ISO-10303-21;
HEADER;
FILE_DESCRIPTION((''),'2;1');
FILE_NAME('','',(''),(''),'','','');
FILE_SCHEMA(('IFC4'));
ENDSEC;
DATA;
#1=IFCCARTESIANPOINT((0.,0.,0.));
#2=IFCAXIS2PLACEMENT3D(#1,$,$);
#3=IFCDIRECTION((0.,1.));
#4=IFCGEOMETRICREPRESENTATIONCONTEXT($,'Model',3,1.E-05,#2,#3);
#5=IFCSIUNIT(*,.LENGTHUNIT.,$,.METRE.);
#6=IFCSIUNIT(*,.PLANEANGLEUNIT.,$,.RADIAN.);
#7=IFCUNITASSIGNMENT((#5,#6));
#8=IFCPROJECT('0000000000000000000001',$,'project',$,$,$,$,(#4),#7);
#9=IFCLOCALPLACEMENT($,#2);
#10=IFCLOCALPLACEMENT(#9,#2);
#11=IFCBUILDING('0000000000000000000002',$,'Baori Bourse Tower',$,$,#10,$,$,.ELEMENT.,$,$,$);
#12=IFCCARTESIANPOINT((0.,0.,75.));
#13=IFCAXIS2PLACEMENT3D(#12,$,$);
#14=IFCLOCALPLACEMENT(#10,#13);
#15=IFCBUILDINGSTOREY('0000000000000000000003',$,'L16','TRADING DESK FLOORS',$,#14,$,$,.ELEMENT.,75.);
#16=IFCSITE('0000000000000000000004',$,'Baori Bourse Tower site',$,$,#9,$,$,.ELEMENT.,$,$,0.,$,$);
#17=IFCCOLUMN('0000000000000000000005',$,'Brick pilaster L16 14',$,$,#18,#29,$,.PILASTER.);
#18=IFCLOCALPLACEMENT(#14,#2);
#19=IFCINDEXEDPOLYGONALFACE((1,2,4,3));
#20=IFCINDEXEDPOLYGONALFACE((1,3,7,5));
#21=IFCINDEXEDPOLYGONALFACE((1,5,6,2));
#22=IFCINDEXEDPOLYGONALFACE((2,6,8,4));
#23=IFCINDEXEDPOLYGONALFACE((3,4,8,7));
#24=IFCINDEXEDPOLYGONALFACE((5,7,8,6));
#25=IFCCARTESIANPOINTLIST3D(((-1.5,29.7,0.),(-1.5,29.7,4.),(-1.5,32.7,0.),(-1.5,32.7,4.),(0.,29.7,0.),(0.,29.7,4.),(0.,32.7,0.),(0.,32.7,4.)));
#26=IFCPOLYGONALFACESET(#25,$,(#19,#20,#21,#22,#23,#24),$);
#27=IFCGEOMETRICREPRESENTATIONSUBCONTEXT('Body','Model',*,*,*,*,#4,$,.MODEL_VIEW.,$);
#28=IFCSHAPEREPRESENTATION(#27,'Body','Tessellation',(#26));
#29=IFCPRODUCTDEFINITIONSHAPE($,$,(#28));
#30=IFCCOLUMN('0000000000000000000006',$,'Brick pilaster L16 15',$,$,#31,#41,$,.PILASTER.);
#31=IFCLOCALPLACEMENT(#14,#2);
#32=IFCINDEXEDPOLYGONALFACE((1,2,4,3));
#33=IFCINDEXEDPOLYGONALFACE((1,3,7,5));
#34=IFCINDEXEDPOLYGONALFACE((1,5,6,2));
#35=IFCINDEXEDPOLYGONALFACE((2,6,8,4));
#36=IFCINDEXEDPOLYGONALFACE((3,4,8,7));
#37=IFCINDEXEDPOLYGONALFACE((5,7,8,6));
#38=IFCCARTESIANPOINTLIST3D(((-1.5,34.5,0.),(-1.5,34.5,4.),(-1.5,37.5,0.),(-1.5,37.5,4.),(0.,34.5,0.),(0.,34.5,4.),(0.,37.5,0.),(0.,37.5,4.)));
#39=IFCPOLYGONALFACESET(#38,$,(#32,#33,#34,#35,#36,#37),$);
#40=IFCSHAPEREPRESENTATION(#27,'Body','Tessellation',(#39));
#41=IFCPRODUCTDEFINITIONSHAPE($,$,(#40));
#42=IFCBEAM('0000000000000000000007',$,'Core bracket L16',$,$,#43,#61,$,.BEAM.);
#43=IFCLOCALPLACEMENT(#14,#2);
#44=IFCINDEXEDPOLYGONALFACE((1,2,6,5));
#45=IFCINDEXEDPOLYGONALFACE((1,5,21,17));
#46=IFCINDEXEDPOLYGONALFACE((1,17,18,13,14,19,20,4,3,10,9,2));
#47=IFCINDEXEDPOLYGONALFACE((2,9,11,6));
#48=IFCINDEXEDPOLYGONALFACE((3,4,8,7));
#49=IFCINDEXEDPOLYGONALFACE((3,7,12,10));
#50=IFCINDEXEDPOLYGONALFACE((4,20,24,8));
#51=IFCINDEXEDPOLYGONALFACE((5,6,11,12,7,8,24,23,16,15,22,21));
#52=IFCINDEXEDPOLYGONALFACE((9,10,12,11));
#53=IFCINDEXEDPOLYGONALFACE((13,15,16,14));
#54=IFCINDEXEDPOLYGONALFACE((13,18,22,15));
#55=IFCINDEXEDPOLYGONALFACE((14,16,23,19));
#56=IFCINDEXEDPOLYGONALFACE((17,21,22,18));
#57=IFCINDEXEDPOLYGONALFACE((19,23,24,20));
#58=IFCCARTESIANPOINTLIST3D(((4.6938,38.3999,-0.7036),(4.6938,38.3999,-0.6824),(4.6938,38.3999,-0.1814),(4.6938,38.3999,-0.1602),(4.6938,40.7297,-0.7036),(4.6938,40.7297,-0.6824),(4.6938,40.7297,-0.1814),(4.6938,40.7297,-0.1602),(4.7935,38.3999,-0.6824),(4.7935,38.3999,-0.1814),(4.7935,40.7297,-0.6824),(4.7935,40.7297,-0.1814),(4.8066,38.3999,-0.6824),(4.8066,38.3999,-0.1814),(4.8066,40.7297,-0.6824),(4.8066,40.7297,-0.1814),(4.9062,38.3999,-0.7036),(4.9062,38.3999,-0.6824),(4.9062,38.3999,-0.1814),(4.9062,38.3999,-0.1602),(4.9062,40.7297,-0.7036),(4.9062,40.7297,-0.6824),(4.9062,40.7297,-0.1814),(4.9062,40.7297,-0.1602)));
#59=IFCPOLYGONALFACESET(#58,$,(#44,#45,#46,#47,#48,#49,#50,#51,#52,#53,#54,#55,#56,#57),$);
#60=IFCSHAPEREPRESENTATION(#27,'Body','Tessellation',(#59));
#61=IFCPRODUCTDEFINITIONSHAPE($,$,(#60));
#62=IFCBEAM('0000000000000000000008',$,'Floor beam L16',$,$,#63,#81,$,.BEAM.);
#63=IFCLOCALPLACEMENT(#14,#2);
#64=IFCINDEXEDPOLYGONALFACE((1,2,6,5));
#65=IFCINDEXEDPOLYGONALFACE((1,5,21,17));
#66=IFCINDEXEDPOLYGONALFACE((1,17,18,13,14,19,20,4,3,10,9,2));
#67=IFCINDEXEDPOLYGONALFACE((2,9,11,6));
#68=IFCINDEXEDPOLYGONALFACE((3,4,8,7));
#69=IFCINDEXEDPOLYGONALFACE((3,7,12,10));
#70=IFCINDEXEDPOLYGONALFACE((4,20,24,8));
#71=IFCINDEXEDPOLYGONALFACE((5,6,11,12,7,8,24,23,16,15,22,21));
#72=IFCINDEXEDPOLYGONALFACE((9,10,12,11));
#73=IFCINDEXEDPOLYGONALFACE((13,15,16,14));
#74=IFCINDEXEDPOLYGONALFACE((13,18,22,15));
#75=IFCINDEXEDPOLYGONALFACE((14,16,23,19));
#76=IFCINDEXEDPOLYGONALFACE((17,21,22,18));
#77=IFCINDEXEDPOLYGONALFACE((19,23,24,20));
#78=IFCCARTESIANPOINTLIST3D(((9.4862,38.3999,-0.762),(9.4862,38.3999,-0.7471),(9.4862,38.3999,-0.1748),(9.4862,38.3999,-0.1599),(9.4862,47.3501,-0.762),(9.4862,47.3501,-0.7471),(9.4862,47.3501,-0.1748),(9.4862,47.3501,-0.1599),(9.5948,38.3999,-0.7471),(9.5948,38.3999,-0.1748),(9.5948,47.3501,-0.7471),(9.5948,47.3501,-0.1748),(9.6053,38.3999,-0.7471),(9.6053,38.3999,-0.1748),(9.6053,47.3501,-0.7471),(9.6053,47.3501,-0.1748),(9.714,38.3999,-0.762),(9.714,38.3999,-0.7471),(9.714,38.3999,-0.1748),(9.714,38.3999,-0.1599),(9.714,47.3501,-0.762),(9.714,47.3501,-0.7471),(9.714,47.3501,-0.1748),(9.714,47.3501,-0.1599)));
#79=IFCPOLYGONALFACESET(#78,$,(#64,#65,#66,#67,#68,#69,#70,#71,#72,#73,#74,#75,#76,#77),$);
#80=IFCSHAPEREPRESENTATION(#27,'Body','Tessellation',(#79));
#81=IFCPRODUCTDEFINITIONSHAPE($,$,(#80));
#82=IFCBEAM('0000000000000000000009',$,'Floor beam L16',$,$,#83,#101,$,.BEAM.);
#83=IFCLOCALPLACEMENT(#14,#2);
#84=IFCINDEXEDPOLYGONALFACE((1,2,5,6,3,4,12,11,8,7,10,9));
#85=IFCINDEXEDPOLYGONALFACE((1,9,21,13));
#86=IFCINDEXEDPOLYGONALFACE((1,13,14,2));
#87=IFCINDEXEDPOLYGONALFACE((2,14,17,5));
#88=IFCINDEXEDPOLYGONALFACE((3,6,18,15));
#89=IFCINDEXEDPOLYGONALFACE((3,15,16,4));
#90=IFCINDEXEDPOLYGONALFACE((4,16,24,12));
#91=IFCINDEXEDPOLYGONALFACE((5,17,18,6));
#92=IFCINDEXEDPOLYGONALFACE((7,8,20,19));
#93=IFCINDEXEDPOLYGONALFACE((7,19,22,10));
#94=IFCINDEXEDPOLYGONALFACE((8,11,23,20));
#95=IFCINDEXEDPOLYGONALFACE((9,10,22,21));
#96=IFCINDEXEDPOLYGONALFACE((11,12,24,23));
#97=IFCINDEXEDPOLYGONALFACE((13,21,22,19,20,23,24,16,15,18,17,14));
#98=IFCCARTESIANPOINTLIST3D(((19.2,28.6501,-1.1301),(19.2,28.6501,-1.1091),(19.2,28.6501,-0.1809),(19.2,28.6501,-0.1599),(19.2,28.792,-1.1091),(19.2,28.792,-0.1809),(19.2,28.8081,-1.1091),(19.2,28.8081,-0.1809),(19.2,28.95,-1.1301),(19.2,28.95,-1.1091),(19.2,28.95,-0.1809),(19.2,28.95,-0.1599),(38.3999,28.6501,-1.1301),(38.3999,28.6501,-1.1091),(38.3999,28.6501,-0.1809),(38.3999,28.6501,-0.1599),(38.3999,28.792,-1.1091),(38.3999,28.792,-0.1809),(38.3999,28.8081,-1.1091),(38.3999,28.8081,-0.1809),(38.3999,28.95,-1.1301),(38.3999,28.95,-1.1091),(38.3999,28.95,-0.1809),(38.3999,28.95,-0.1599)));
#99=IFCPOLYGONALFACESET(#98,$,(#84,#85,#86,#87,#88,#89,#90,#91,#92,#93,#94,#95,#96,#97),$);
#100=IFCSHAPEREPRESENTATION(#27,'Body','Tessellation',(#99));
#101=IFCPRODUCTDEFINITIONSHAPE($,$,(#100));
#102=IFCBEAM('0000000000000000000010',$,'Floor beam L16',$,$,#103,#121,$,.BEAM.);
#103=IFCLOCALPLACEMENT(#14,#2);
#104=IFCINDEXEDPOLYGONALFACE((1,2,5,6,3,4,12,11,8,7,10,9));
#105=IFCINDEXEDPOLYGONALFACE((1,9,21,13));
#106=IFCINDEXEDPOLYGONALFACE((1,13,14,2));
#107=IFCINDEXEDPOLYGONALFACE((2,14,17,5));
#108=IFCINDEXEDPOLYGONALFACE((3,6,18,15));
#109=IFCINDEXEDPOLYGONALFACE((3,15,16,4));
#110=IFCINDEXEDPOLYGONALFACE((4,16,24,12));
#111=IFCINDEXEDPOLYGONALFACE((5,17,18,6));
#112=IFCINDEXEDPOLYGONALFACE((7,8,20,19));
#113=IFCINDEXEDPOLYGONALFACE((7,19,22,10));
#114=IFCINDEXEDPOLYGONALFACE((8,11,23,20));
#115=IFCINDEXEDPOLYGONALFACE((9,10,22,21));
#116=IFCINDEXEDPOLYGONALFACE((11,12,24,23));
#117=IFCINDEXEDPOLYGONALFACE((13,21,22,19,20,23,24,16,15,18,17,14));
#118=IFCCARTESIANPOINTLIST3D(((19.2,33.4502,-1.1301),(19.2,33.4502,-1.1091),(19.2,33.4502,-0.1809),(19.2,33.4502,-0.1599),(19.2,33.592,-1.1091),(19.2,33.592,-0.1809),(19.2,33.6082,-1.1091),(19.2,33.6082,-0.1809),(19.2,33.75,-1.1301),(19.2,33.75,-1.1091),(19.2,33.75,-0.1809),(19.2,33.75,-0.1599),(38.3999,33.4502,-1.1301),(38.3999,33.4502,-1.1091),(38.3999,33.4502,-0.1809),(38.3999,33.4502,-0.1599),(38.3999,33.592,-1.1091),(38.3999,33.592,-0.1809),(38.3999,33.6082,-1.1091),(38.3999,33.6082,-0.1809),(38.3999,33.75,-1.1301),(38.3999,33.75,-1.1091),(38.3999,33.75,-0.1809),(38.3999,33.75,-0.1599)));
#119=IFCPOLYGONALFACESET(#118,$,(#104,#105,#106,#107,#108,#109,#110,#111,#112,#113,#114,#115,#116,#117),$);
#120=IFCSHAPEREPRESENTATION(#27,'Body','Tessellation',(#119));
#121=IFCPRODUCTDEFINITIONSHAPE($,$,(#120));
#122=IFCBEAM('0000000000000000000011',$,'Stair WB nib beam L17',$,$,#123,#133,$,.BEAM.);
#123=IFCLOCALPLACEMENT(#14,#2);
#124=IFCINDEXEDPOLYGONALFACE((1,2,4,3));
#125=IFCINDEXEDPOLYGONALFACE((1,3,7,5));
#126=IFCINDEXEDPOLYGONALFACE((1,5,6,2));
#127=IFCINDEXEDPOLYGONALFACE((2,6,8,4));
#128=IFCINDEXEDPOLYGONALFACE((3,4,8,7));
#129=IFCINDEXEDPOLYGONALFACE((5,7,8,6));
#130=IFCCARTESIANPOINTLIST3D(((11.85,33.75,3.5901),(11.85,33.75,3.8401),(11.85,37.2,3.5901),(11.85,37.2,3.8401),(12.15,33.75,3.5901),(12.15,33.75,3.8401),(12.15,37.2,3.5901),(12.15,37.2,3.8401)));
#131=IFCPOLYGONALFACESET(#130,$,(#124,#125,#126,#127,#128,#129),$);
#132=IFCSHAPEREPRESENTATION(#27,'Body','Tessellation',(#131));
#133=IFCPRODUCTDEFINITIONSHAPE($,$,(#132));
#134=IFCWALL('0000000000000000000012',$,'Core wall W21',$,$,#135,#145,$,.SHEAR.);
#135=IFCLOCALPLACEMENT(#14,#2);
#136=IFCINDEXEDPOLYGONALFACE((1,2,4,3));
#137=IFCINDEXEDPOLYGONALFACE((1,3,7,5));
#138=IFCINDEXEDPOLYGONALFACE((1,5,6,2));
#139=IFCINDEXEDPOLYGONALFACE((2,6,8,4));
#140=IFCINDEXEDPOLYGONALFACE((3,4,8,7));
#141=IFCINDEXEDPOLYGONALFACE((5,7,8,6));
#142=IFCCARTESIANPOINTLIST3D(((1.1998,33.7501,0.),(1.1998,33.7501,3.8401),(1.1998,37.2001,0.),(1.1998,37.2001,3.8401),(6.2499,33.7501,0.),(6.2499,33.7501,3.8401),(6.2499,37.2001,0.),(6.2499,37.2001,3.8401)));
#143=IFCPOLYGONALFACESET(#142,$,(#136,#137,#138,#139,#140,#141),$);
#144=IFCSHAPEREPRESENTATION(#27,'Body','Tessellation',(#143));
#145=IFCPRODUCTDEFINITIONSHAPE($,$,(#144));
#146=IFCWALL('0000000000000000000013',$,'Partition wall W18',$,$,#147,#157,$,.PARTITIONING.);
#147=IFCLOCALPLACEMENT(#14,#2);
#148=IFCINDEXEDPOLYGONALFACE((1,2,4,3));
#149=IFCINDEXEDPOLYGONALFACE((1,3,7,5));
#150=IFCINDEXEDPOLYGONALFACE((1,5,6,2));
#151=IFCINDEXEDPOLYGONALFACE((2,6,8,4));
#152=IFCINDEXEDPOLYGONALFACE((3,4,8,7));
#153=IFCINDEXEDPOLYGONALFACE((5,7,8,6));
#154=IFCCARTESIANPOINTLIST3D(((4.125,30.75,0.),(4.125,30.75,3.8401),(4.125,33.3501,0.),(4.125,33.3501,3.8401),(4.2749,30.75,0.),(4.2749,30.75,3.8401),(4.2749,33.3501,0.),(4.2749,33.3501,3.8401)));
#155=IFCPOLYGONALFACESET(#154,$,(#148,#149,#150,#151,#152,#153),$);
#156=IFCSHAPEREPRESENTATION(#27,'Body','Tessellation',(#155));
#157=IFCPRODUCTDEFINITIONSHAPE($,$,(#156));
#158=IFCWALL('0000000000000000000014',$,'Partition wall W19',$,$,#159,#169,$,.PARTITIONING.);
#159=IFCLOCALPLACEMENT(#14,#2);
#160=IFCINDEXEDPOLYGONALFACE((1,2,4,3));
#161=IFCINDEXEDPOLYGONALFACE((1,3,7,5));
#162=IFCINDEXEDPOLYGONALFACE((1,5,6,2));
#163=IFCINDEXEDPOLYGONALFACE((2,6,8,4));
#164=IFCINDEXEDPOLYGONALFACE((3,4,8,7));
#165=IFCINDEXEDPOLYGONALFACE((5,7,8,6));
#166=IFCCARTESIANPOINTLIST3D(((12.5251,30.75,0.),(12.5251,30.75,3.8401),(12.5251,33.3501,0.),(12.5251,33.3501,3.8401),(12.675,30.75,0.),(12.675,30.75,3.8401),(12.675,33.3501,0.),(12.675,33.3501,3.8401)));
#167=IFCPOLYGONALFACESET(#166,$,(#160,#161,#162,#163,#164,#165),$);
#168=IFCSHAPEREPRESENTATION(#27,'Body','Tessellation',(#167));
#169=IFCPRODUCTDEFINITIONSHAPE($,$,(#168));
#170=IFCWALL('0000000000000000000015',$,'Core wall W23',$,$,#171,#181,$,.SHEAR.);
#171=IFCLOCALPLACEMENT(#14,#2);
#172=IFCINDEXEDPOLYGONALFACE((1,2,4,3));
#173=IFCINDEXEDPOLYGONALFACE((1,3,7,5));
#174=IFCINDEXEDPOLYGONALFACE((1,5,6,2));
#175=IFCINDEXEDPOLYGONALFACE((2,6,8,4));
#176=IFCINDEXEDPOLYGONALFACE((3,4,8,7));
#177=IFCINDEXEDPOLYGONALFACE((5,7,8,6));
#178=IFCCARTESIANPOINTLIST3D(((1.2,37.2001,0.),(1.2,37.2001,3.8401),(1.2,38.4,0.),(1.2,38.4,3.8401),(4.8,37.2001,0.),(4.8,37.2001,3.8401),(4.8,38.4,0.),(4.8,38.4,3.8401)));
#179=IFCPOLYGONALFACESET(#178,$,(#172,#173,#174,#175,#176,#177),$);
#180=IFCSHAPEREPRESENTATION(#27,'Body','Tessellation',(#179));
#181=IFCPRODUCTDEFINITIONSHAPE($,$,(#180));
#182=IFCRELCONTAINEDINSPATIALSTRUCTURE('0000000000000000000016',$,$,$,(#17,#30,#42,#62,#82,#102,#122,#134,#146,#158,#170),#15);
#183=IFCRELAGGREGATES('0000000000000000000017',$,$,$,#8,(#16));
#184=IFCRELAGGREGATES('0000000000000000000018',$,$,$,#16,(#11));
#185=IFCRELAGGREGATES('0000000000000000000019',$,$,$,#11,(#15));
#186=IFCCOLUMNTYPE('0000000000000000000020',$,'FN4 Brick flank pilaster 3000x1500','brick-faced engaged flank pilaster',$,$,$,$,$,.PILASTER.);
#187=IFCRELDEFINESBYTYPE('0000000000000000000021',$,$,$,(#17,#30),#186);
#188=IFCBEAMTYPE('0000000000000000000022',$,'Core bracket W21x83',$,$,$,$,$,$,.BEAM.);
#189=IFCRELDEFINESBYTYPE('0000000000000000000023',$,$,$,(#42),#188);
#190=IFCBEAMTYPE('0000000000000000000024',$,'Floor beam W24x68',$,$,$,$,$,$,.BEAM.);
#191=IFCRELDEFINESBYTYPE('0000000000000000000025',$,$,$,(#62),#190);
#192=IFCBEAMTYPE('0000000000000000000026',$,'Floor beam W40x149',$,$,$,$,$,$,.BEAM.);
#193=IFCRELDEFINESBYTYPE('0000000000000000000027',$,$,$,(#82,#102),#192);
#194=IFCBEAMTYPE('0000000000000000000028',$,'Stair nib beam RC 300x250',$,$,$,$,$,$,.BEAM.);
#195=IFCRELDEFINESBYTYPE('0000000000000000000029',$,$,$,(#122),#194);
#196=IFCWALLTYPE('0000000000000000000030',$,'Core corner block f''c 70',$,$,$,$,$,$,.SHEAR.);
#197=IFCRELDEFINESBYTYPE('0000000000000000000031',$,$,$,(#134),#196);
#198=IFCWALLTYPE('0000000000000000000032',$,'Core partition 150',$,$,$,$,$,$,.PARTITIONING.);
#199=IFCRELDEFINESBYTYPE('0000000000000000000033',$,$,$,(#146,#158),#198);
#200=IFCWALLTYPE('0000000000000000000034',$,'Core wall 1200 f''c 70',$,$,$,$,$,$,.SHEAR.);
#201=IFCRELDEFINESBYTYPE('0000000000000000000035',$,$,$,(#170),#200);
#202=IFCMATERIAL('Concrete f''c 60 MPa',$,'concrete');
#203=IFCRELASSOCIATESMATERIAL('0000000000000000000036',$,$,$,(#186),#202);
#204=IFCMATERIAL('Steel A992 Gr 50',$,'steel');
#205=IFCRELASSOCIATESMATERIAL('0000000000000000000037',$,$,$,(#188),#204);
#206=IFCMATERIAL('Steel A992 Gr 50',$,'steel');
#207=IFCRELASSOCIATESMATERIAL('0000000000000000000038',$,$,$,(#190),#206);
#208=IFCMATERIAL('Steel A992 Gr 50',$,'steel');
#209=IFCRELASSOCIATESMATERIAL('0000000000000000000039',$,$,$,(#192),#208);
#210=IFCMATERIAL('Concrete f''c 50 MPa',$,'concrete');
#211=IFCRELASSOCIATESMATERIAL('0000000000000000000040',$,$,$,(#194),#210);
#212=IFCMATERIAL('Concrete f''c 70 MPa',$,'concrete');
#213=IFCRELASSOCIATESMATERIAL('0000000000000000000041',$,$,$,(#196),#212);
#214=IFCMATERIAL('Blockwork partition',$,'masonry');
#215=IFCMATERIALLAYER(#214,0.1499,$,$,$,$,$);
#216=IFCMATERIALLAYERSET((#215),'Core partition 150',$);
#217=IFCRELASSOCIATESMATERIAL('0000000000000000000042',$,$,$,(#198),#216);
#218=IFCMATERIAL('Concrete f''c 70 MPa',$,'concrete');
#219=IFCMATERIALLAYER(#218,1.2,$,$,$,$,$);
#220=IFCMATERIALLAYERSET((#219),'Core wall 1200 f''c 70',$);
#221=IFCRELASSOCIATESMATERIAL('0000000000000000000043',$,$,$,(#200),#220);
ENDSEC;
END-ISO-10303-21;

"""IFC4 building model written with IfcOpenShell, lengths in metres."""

from ifc_helpers import new_model, si_unit, direction, frame, frame_2d, origin, origin_2d, place, context, subcontext, project, spatial, rectangle, i_section, extrude, material, layer, layer_set, material_profile, profile_set, type_object, element, save


model = new_model("IFC4")

# Units and contexts
model_context = context("Model", 3, precision=1e-05, world=origin(), true_north=direction((0.0, 1.0)))
body_context = subcontext(model_context, "Body", "Model", "MODEL_VIEW")
ifc_project = project(units=[si_unit("LENGTHUNIT", "METRE"), si_unit("PLANEANGLEUNIT", "RADIAN")], contexts=[model_context])

# Site, building, storey
site_placement = place(None, origin())
site = spatial("IfcSite", under=ifc_project, at=site_placement, Name="Baori Bourse Tower site", CompositionType="ELEMENT", RefElevation=0.0)
building_placement = place(site_placement, origin())
building = spatial("IfcBuilding", under=site, at=building_placement, Name="Baori Bourse Tower", CompositionType="ELEMENT")
storey_placement = place(building_placement, frame((0.0, 0.0, 75.0)))
storey = spatial("IfcBuildingStorey", under=building, at=storey_placement, Name="L16", Description="TRADING DESK FLOORS", CompositionType="ELEMENT", Elevation=75.0)

# Columns
ifc_material_1 = material(Name="Concrete f'c 60 MPa", Category="concrete")
ifc_material_profile_1 = material_profile(ifc_material_1, rectangle(XDim=3.0, YDim=1.5, at=origin_2d()), Name="RC 3000x1500")
ifc_profile_set_1 = profile_set([ifc_material_profile_1], Name="Concrete f'c 60 MPa")
column_type = type_object("IfcColumnType", Name="FN4 Brick flank pilaster 3000x1500", Description="brick-faced engaged flank pilaster", PredefinedType="PILASTER", material=ifc_profile_set_1)
for number, where, z_axis, x_axis, name in (
    (1, (-0.75, 31.2, 0.0), (0.0, 0.0, 1.0), (0.0, 1.0, 0.0), "Brick pilaster L16 14"),
    (2, (-0.75, 36.0, 0.0), (0.0, 0.0, 1.0), (0.0, 1.0, 0.0), "Brick pilaster L16 15"),
):
    element("IfcColumn", number, at=place(storey_placement, frame(where, z_axis=z_axis, x_axis=x_axis)), inside=storey, type_object=column_type, Name=name, PredefinedType="PILASTER", context=body_context, shape_type="SweptSolid", body=[
        extrude(rectangle(XDim=3.0, YDim=1.5, at=origin_2d()), origin(), (0.0, 0.0, 1.0), 4.0),
    ])

# Beams
ifc_material_2 = material(Name="Steel A992 Gr 50", Category="steel")
ifc_material_profile_2 = material_profile(ifc_material_2, i_section(OverallWidth=0.2124, OverallDepth=0.5435, WebThickness=0.0132, FlangeThickness=0.0212, at=origin_2d()), Name="W21x83")
ifc_profile_set_2 = profile_set([ifc_material_profile_2], Name="Steel A992 Gr 50")
beam_type_1 = type_object("IfcBeamType", Name="Core bracket W21x83", PredefinedType="BEAM", material=ifc_profile_set_2)
beam_1_placement = place(storey_placement, frame((4.8, 38.3999, -0.4319), z_axis=(0.0, 1.0, 0.0), x_axis=(-1.0, 0.0, 0.0)))
element("IfcBeam", 3, at=beam_1_placement, inside=storey, type_object=beam_type_1, Name="Core bracket L16", PredefinedType="BEAM", context=body_context, shape_type="SweptSolid", body=[
    extrude(i_section(OverallWidth=0.2124, OverallDepth=0.5435, WebThickness=0.0132, FlangeThickness=0.0212, at=origin_2d()), origin(), (0.0, 0.0, 1.0), 2.3298),
])
ifc_material_3 = material(Name="Steel A992 Gr 50", Category="steel")
ifc_material_profile_3 = material_profile(ifc_material_3, i_section(OverallWidth=0.2278, OverallDepth=0.6021, WebThickness=0.0105, FlangeThickness=0.0149, at=origin_2d()), Name="W24x68")
ifc_profile_set_3 = profile_set([ifc_material_profile_3], Name="Steel A992 Gr 50")
beam_type_2 = type_object("IfcBeamType", Name="Floor beam W24x68", PredefinedType="BEAM", material=ifc_profile_set_3)
beam_2_placement = place(storey_placement, frame((9.6001, 38.3999, -0.4609), z_axis=(0.0, 1.0, 0.0), x_axis=(-1.0, 0.0, 0.0)))
element("IfcBeam", 4, at=beam_2_placement, inside=storey, type_object=beam_type_2, Name="Floor beam L16", PredefinedType="BEAM", context=body_context, shape_type="SweptSolid", body=[
    extrude(i_section(OverallWidth=0.2278, OverallDepth=0.6021, WebThickness=0.0105, FlangeThickness=0.0149, at=origin_2d()), origin(), (0.0, 0.0, 1.0), 8.9502),
])
ifc_material_4 = material(Name="Steel A992 Gr 50", Category="steel")
ifc_material_profile_4 = material_profile(ifc_material_4, i_section(OverallWidth=0.2998, OverallDepth=0.9702, WebThickness=0.0161, FlangeThickness=0.021, at=origin_2d()), Name="W40x149")
ifc_profile_set_4 = profile_set([ifc_material_profile_4], Name="Steel A992 Gr 50")
beam_type_3 = type_object("IfcBeamType", Name="Floor beam W40x149", PredefinedType="BEAM", material=ifc_profile_set_4)
for number, where, z_axis, x_axis, name in (
    (5, (19.2, 28.8, -0.645), (1.0, 0.0, 0.0), (0.0, 1.0, 0.0), "Floor beam L16"),
    (6, (19.2, 33.6001, -0.645), (1.0, 0.0, 0.0), (0.0, 1.0, 0.0), "Floor beam L16"),
):
    element("IfcBeam", number, at=place(storey_placement, frame(where, z_axis=z_axis, x_axis=x_axis)), inside=storey, type_object=beam_type_3, Name=name, PredefinedType="BEAM", context=body_context, shape_type="SweptSolid", body=[
        extrude(i_section(OverallWidth=0.2998, OverallDepth=0.9702, WebThickness=0.0161, FlangeThickness=0.021, at=origin_2d()), origin(), (0.0, 0.0, 1.0), 19.2),
    ])
ifc_material_5 = material(Name="Concrete f'c 50 MPa", Category="concrete")
ifc_material_profile_5 = material_profile(ifc_material_5, rectangle(XDim=0.3, YDim=0.25, at=origin_2d()), Name="RC 300x250")
ifc_profile_set_5 = profile_set([ifc_material_profile_5], Name="Concrete f'c 50 MPa")
beam_type_4 = type_object("IfcBeamType", Name="Stair nib beam RC 300x250", PredefinedType="BEAM", material=ifc_profile_set_5)
beam_3_placement = place(storey_placement, frame((12.0, 33.75, 3.7151), z_axis=(0.0, 1.0, 0.0), x_axis=(-1.0, 0.0, 0.0)))
element("IfcBeam", 7, at=beam_3_placement, inside=storey, type_object=beam_type_4, Name="Stair WB nib beam L17", PredefinedType="BEAM", context=body_context, shape_type="SweptSolid", body=[
    extrude(rectangle(XDim=0.3, YDim=0.25, at=origin_2d()), origin(), (0.0, 0.0, 1.0), 3.45),
])

# Walls
ifc_material_6 = material(Name="Concrete f'c 70 MPa", Category="concrete")
wall_type_1 = type_object("IfcWallType", Name="Core corner block f'c 70", PredefinedType="SHEAR", material=ifc_material_6)
wall_1_placement = place(storey_placement, frame((1.2, 35.4751, 0.0), z_axis=(0.0, 0.0, 1.0), x_axis=(1.0, 0.0, 0.0)))
element("IfcWall", 8, at=wall_1_placement, inside=storey, type_object=wall_type_1, Name="Core wall W21", PredefinedType="SHEAR", context=body_context, shape_type="SweptSolid", body=[
    extrude(rectangle(XDim=5.05, YDim=3.45, at=frame_2d((2.5249, 0.0))), origin(), (0.0, 0.0, 1.0), 3.8401),
])
ifc_material_7 = material(Name="Blockwork partition", Category="masonry")
ifc_layer_1 = layer(ifc_material_7, 0.1499)
ifc_layer_set_1 = layer_set([ifc_layer_1], Name="Core partition 150")
wall_type_2 = type_object("IfcWallType", Name="Core partition 150", PredefinedType="PARTITIONING", material=ifc_layer_set_1)
for number, where, z_axis, x_axis, name in (
    (9, (4.2, 30.75, 0.0), (0.0, 0.0, 1.0), (0.0, 1.0, 0.0), "Partition wall W18"),
    (10, (12.6001, 30.75, 0.0), (0.0, 0.0, 1.0), (0.0, 1.0, 0.0), "Partition wall W19"),
):
    element("IfcWall", number, at=place(storey_placement, frame(where, z_axis=z_axis, x_axis=x_axis)), inside=storey, type_object=wall_type_2, Name=name, PredefinedType="PARTITIONING", context=body_context, shape_type="SweptSolid", body=[
        extrude(rectangle(XDim=2.6001, YDim=0.1499, at=frame_2d((1.3, 0.0))), origin(), (0.0, 0.0, 1.0), 3.8401),
    ])
ifc_material_8 = material(Name="Concrete f'c 70 MPa", Category="concrete")
ifc_layer_2 = layer(ifc_material_8, 1.2)
ifc_layer_set_2 = layer_set([ifc_layer_2], Name="Core wall 1200 f'c 70")
wall_type_3 = type_object("IfcWallType", Name="Core wall 1200 f'c 70", PredefinedType="SHEAR", material=ifc_layer_set_2)
wall_2_placement = place(storey_placement, frame((1.2, 37.8, 0.0), z_axis=(0.0, 0.0, 1.0), x_axis=(1.0, 0.0, 0.0)))
element("IfcWall", 11, at=wall_2_placement, inside=storey, type_object=wall_type_3, Name="Core wall W23", PredefinedType="SHEAR", context=body_context, shape_type="SweptSolid", body=[
    extrude(rectangle(XDim=3.6001, YDim=1.2, at=frame_2d((1.8, 0.0))), origin(), (0.0, 0.0, 1.0), 3.8401),
])

save(model, "model.ifc")
